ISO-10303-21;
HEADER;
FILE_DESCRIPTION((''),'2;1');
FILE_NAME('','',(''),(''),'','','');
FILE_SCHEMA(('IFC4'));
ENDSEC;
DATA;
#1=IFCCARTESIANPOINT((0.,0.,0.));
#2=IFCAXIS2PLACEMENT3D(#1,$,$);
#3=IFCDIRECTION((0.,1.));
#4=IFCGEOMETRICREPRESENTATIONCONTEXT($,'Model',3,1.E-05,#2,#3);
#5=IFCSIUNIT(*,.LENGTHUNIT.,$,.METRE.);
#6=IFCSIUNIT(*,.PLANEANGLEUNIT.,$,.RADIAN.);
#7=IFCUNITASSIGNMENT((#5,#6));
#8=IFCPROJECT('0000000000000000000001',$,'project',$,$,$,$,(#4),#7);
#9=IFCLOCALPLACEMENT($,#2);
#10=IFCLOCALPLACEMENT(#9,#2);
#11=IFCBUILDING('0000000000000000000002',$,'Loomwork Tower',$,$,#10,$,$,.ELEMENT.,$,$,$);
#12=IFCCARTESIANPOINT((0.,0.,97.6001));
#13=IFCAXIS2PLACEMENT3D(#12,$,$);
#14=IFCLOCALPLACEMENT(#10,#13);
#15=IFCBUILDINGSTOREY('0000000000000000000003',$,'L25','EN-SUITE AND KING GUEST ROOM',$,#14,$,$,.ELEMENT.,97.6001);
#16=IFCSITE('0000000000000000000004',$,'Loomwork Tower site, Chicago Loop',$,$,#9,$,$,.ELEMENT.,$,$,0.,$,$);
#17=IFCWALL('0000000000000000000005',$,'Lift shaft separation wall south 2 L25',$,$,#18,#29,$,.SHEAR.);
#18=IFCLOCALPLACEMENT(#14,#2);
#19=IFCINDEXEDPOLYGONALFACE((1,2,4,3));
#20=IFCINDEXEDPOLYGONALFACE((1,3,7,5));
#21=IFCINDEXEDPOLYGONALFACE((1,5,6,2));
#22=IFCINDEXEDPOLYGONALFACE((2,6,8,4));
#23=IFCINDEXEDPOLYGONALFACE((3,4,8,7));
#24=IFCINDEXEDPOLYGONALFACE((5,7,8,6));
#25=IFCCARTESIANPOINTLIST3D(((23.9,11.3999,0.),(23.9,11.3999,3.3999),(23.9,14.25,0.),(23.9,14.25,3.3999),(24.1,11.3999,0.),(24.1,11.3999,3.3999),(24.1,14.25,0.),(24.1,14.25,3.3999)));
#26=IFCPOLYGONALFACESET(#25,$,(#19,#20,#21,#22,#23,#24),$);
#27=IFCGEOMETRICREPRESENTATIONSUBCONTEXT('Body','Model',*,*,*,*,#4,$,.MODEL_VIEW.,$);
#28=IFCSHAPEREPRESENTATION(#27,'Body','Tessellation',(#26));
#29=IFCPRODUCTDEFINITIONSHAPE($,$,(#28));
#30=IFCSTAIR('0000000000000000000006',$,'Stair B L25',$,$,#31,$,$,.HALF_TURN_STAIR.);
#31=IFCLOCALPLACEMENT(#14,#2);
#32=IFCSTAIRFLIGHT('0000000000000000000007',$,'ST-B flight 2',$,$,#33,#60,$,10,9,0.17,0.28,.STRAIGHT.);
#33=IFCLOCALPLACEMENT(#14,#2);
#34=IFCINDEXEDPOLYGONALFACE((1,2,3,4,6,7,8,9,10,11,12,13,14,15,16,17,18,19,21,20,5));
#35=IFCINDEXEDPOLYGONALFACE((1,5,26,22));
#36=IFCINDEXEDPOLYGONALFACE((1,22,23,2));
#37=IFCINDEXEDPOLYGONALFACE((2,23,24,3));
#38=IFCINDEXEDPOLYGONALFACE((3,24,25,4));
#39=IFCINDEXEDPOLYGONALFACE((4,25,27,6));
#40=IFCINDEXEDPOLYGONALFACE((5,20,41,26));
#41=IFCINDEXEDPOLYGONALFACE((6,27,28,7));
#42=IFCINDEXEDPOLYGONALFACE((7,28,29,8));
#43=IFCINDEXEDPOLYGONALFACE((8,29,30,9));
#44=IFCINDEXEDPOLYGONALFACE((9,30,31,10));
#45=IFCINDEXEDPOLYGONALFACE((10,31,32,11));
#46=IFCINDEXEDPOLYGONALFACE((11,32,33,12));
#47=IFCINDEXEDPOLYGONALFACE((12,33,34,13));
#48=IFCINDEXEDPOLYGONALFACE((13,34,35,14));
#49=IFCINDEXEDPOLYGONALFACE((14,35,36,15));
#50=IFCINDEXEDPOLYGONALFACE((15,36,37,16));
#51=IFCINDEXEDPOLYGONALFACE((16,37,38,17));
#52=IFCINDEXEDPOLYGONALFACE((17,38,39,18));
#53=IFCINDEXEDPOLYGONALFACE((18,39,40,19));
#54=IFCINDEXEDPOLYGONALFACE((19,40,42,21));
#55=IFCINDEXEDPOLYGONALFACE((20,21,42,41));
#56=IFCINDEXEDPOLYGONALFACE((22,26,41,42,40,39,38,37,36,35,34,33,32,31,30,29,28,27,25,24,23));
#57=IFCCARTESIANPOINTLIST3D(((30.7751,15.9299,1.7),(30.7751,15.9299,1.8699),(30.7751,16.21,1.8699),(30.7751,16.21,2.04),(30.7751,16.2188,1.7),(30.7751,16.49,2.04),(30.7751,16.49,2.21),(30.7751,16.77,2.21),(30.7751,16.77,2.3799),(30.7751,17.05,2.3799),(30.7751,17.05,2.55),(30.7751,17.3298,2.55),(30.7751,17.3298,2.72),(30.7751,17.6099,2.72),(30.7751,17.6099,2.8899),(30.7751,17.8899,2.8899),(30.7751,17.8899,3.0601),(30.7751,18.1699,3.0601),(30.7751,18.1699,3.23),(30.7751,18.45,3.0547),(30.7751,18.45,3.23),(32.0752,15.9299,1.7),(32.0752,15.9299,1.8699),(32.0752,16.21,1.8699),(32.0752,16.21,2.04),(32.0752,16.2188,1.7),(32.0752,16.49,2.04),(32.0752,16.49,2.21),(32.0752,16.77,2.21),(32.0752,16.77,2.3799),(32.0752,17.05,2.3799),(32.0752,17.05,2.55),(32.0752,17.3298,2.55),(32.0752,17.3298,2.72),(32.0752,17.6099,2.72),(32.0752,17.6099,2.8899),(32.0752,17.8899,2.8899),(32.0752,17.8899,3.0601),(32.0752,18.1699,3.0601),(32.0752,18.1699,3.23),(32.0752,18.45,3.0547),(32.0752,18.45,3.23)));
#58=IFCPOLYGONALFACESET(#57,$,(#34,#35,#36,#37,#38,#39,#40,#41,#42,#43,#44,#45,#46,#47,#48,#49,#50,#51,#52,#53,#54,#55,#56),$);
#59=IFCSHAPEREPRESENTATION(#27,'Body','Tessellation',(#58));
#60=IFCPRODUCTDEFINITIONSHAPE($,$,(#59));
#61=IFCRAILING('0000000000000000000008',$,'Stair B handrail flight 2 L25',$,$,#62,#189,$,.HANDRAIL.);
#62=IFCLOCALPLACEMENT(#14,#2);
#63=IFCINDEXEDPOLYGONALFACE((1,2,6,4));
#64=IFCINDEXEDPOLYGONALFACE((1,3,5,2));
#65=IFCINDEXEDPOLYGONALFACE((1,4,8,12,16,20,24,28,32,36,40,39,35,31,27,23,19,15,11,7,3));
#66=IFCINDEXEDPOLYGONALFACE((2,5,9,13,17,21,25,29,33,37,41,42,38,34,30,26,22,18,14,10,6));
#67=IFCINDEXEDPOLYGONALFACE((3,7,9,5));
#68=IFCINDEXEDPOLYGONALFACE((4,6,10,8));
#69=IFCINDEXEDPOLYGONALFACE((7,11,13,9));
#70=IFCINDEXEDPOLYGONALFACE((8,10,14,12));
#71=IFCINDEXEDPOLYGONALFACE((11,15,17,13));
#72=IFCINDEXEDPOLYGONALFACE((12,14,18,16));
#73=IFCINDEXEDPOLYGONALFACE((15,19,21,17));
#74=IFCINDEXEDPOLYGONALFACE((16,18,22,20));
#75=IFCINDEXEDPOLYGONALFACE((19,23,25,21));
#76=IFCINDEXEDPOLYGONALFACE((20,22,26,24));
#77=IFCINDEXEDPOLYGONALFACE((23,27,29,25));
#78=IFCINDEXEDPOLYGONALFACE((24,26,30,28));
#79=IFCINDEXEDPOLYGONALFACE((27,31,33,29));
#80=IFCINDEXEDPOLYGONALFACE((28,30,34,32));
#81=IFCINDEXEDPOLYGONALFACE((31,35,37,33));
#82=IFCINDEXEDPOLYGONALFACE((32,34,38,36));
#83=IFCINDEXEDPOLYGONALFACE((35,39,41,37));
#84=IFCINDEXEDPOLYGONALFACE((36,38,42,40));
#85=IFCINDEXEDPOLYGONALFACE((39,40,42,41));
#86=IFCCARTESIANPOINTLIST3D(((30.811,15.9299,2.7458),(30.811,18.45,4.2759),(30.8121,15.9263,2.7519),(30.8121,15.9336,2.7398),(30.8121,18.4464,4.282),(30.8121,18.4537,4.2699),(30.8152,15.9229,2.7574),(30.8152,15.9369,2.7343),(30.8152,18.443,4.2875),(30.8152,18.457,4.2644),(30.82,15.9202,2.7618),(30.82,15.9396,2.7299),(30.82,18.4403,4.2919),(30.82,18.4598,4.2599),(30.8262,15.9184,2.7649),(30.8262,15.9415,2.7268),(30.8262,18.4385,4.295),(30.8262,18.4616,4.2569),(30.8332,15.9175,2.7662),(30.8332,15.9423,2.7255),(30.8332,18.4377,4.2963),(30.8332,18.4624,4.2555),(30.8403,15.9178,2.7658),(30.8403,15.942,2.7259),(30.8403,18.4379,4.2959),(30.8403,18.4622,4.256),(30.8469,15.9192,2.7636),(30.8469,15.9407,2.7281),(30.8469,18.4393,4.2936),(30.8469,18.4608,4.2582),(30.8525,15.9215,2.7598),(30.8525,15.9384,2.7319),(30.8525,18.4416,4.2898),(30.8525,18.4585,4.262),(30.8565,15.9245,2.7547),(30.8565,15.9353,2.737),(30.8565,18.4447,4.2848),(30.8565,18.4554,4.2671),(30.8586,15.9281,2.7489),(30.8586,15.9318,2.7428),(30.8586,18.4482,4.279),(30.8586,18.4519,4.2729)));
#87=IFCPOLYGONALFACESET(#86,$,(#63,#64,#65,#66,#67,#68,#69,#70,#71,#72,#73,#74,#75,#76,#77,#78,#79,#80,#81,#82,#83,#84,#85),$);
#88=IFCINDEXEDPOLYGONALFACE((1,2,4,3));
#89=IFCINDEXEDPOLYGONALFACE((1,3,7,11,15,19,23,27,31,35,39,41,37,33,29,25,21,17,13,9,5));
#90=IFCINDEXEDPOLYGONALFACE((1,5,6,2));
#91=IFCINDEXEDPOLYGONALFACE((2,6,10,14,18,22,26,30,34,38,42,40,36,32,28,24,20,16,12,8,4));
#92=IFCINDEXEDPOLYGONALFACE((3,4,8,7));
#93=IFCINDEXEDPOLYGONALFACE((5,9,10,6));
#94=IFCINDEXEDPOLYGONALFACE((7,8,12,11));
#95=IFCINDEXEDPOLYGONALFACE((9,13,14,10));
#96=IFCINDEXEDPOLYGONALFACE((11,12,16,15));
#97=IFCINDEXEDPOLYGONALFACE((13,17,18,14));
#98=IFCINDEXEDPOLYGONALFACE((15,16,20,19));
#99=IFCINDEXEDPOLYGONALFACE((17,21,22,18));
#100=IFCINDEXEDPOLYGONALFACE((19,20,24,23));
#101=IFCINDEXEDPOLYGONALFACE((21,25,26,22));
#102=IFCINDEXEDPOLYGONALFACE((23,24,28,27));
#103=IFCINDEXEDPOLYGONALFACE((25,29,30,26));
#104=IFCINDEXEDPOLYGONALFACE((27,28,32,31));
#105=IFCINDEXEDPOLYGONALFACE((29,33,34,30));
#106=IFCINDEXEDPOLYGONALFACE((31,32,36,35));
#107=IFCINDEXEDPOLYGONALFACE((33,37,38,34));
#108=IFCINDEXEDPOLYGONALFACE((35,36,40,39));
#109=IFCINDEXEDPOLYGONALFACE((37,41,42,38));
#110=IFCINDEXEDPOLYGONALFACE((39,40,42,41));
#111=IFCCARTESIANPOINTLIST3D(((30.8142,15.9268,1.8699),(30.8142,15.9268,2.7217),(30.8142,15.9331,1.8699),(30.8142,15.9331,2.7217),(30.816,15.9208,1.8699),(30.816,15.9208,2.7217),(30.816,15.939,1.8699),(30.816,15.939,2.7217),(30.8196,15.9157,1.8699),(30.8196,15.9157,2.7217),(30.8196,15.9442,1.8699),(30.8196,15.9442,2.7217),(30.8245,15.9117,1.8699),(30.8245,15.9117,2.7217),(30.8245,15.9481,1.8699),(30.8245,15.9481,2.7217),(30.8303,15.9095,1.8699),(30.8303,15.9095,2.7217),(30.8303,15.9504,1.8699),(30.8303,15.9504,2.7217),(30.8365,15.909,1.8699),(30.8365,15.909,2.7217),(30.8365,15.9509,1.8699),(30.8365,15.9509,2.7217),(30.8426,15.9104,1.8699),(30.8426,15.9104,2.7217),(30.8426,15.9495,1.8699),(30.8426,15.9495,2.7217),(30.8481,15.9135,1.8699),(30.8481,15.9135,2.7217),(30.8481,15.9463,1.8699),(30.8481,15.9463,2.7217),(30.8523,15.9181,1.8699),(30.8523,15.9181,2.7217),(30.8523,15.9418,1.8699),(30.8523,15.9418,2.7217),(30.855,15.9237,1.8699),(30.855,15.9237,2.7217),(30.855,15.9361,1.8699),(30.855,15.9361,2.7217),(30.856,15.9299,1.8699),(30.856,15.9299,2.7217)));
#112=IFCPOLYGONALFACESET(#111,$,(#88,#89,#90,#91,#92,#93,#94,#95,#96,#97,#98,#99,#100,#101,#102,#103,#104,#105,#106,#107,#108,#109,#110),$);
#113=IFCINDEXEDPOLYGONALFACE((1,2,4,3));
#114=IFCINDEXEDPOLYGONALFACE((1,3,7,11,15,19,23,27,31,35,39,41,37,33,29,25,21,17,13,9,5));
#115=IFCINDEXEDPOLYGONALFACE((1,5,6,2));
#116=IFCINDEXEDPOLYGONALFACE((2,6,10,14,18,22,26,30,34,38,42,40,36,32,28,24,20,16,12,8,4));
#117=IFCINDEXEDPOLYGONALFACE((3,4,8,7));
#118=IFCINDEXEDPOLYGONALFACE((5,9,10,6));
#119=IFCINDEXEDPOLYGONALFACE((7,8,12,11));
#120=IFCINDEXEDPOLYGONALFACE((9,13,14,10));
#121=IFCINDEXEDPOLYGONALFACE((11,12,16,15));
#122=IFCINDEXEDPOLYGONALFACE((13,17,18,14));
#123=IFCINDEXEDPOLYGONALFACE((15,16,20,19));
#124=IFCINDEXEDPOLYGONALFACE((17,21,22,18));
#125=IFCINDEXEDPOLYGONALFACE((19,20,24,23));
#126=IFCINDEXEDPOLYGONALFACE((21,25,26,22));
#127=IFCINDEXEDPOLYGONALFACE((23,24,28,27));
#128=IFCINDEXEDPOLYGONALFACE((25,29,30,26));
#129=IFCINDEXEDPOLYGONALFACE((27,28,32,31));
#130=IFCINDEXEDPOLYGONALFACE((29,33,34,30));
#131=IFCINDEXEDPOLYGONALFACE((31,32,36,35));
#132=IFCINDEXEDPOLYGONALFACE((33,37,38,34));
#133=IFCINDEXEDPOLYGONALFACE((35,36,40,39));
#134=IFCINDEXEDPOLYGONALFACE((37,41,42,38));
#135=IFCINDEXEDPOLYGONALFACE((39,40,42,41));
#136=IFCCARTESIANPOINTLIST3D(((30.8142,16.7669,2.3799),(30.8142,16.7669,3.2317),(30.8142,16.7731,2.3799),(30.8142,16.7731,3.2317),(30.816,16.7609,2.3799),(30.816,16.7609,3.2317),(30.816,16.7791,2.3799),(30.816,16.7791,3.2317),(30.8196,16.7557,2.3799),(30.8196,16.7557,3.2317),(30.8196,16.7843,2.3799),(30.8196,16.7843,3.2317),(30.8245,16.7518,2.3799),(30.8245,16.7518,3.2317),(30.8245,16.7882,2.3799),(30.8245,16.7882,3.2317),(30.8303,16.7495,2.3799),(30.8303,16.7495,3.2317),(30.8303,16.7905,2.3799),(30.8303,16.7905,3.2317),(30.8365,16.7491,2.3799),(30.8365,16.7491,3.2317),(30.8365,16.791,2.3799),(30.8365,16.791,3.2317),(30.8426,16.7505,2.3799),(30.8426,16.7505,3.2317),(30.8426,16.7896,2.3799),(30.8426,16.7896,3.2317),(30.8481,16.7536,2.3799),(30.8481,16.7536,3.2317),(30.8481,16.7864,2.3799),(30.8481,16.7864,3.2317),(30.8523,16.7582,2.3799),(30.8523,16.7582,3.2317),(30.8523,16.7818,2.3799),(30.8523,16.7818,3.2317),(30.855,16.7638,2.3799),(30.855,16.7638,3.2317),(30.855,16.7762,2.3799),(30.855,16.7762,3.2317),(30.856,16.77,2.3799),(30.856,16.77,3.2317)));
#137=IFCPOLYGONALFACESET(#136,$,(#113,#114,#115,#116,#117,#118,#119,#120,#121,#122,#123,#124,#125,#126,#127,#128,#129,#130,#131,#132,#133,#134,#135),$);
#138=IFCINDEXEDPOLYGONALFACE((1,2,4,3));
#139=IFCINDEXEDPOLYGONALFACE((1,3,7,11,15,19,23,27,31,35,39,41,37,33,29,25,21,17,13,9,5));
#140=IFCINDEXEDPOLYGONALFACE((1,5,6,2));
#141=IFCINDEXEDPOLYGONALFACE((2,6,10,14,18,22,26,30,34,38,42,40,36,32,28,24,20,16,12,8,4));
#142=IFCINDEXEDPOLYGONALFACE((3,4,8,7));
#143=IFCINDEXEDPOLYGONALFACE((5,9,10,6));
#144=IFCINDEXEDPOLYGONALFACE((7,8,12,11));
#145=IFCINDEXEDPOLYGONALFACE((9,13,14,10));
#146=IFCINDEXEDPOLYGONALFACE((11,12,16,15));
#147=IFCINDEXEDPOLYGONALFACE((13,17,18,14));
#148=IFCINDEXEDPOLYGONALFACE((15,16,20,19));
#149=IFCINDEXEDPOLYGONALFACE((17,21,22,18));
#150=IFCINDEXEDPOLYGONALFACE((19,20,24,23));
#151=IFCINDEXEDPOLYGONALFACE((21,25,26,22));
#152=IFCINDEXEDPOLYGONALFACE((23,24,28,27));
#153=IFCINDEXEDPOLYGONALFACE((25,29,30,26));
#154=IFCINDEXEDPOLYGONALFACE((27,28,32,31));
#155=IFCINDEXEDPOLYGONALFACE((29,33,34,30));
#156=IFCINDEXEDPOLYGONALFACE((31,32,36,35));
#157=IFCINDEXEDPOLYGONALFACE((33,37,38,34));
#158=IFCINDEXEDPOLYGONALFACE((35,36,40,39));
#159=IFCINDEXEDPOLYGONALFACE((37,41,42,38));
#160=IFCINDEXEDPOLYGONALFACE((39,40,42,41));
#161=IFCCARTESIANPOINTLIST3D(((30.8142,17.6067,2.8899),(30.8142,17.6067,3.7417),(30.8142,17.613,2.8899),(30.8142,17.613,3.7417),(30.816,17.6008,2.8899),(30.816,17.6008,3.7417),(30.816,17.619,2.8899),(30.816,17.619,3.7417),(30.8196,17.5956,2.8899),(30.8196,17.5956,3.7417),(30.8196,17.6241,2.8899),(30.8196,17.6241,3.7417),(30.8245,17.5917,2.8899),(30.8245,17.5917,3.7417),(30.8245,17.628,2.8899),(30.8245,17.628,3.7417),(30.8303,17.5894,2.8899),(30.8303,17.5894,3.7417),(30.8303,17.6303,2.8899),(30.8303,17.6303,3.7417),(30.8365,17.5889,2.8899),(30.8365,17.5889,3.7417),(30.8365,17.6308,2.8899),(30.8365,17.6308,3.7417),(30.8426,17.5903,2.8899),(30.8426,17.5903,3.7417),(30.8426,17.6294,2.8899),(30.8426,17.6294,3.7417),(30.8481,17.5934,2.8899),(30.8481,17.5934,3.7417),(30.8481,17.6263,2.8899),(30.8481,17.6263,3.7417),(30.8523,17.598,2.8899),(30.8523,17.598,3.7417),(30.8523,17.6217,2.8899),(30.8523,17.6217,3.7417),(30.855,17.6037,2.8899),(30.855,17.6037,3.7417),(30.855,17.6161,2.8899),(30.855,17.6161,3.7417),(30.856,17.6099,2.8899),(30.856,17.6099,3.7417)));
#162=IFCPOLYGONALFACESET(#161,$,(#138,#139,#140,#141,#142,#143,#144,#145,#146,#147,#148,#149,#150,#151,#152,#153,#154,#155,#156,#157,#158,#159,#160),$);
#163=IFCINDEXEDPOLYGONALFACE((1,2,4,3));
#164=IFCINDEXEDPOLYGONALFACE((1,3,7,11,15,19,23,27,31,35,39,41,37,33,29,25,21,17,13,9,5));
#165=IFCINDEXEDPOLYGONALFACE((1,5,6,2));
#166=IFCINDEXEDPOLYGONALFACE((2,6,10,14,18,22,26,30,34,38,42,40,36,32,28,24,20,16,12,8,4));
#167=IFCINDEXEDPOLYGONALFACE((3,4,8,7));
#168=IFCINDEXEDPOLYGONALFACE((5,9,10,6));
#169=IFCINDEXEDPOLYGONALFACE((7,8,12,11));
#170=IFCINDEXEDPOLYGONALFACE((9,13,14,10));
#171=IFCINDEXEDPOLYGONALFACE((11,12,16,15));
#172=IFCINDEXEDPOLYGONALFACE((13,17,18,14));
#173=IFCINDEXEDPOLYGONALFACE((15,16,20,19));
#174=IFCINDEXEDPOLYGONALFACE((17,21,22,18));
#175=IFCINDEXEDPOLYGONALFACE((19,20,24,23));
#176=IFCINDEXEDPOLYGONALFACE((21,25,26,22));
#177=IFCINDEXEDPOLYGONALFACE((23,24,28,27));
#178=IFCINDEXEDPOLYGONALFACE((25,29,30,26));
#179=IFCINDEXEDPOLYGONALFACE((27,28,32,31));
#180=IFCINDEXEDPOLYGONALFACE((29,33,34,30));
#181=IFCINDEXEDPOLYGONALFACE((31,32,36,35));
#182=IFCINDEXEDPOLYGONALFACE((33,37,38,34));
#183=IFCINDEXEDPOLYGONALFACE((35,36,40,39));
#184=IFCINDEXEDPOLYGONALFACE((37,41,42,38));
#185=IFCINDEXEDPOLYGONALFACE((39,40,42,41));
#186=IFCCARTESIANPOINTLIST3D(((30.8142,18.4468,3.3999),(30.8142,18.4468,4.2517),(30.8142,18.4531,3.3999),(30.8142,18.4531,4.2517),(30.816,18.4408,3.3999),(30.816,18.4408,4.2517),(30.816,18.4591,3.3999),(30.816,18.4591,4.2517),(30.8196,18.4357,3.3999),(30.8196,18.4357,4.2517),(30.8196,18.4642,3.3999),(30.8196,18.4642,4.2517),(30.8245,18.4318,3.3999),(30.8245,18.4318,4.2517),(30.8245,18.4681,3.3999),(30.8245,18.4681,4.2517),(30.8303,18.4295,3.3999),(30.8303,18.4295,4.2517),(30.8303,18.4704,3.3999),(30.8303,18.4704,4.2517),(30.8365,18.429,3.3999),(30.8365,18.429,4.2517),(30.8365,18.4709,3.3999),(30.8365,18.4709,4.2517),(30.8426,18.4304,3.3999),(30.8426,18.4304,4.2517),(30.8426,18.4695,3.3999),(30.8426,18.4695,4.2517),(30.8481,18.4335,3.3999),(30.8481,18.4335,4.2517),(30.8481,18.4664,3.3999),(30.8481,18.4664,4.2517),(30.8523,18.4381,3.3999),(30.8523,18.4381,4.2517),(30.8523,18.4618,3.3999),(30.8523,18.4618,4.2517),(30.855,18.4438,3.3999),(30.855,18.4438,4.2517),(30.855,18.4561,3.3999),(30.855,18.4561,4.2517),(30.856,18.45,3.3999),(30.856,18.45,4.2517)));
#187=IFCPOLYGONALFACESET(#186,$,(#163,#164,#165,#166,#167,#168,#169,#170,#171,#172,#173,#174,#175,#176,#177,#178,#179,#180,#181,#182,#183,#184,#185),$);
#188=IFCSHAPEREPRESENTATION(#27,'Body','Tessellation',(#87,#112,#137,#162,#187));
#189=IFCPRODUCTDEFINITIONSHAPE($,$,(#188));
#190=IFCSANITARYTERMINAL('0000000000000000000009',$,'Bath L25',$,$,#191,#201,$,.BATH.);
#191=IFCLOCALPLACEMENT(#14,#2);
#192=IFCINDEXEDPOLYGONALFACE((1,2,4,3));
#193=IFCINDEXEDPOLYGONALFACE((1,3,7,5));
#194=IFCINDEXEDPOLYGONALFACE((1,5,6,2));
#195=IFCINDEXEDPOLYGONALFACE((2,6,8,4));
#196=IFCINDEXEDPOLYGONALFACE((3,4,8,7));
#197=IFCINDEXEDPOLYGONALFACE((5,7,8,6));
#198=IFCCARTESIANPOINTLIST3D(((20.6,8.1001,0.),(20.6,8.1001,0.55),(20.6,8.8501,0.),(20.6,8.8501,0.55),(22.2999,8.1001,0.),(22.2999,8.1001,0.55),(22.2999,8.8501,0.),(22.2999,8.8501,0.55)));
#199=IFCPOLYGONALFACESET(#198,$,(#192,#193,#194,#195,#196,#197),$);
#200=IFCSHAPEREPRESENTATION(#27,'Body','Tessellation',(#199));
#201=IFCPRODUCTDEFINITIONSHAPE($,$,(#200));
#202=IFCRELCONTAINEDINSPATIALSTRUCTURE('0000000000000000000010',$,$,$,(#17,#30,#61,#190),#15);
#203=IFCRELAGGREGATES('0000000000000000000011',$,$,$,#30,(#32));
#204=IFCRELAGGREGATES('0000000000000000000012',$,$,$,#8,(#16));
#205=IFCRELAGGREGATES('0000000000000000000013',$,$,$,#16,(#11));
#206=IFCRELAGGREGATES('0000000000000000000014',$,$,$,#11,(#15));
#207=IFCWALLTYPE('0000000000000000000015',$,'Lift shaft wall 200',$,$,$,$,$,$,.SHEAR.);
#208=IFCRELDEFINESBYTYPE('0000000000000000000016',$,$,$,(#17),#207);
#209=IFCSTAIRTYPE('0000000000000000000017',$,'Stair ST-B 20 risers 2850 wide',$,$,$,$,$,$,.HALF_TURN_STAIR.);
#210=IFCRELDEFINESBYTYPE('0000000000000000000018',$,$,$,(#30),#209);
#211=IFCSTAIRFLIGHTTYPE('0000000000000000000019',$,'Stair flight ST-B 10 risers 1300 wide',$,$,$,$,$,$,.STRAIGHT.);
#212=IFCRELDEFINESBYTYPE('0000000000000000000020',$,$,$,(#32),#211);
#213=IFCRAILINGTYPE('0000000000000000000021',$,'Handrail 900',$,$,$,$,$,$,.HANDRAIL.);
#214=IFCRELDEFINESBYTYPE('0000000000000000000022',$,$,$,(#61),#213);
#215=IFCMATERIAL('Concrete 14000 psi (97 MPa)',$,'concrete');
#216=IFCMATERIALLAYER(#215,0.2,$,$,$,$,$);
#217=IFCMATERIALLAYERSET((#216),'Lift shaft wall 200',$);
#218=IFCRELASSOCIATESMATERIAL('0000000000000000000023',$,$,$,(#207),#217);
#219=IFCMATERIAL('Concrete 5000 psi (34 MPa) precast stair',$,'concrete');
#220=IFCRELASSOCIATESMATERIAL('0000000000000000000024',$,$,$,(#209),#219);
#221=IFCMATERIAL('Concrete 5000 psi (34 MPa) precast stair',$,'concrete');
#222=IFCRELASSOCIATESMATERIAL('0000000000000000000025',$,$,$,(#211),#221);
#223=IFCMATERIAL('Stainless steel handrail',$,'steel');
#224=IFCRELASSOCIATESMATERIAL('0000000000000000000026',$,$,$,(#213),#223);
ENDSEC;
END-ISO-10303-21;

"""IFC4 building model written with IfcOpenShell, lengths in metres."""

from ifc_helpers import new_model, si_unit, direction, frame, frame_2d, origin, origin_2d, place, context, subcontext, project, spatial, polyline, rectangle, circle, outline, extrude, material, layer, layer_set, type_object, element, aggregate, save


model = new_model("IFC4")

# Units and contexts
model_context = context("Model", 3, precision=1e-05, world=origin(), true_north=direction((0.0, 1.0)))
body_context = subcontext(model_context, "Body", "Model", "MODEL_VIEW")
ifc_project = project(units=[si_unit("LENGTHUNIT", "METRE"), si_unit("PLANEANGLEUNIT", "RADIAN")], contexts=[model_context])

# Site, building, storey
site_placement = place(None, origin())
site = spatial("IfcSite", under=ifc_project, at=site_placement, Name="Loomwork Tower site, Chicago Loop", CompositionType="ELEMENT", RefElevation=0.0)
building_placement = place(site_placement, origin())
building = spatial("IfcBuilding", under=site, at=building_placement, Name="Loomwork Tower", CompositionType="ELEMENT")
storey_placement = place(building_placement, frame((0.0, 0.0, 97.6001)))
storey = spatial("IfcBuildingStorey", under=building, at=storey_placement, Name="L25", Description="EN-SUITE AND KING GUEST ROOM", CompositionType="ELEMENT", Elevation=97.6001)

# Wall
ifc_material_1 = material(Name="Concrete 14000 psi (97 MPa)", Category="concrete")
ifc_layer_1 = layer(ifc_material_1, 0.2)
ifc_layer_set_1 = layer_set([ifc_layer_1], Name="Lift shaft wall 200")
wall_type_1 = type_object("IfcWallType", Name="Lift shaft wall 200", PredefinedType="SHEAR", material=ifc_layer_set_1)
for number, where, z_axis, x_axis, name in (
    (1, (24.0, 11.3999, 0.0), (0.0, 0.0, 1.0), (0.0, 1.0, 0.0), "Lift shaft separation wall south 2 L25"),
):
    element("IfcWall", number, at=place(storey_placement, frame(where, z_axis=z_axis, x_axis=x_axis)), inside=storey, type_object=wall_type_1, Name=name, PredefinedType="SHEAR", context=body_context, shape_type="SweptSolid", body=[
        extrude(rectangle(XDim=2.8501, YDim=0.2, at=frame_2d((1.425, 0.0))), origin(), (0.0, 0.0, 1.0), 3.3999),
    ])

# Stair, stair flight
ifc_material_2 = material(Name="Concrete 5000 psi (34 MPa) precast stair", Category="concrete")
stair_type = type_object("IfcStairType", Name="Stair ST-B 20 risers 2850 wide", PredefinedType="HALF_TURN_STAIR", material=ifc_material_2)
stair_placement = place(storey_placement, origin())
stair = element("IfcStair", 2, at=stair_placement, inside=storey, type_object=stair_type, Name="Stair B L25", PredefinedType="HALF_TURN_STAIR")
ifc_material_3 = material(Name="Concrete 5000 psi (34 MPa) precast stair", Category="concrete")
stair_flight_type = type_object("IfcStairFlightType", Name="Stair flight ST-B 10 risers 1300 wide", PredefinedType="STRAIGHT", material=ifc_material_3)
stair_flight_placement = place(storey_placement, frame((31.425, 15.9299, 1.7), z_axis=(0.0, 0.0, 1.0), x_axis=(0.0, 1.0, 0.0)))
stair_flight = element("IfcStairFlight", 3, at=stair_flight_placement, type_object=stair_flight_type, Name="ST-B flight 2", NumberOfRisers=10, NumberOfTreads=9, PredefinedType="STRAIGHT", RiserHeight=0.17, TreadLength=0.28, context=body_context, shape_type="SweptSolid", body=[
    extrude(outline(polyline([(0.0, 0.0), (0.0, 0.1699), (0.28, 0.1699), (0.28, 0.3401), (0.5601, 0.3401), (0.5601, 0.51), (0.8401, 0.51), (0.8401, 0.6799), (1.1201, 0.6799), (1.1201, 0.8501), (1.3999, 0.8501), (1.3999, 1.02), (1.6799, 1.02), (1.6799, 1.1899), (1.96, 1.1899), (1.96, 1.3601), (2.24, 1.3601), (2.24, 1.53), (2.52, 1.53), (2.52, 1.7), (2.52, 1.3547), (0.2888, 0.0), (0.0, 0.0)])), frame((0.0, 0.6499, 0.0), z_axis=(0.0, -1.0, 0.0), x_axis=(1.0, 0.0, 0.0)), (0.0, 0.0, 1.0), 1.3),
])
aggregate(stair, [stair_flight])

# Railing
ifc_material_4 = material(Name="Stainless steel handrail", Category="steel")
railing_type = type_object("IfcRailingType", Name="Handrail 900", PredefinedType="HANDRAIL", material=ifc_material_4)
railing_placement = place(storey_placement, frame((30.835, 15.9299, 1.8699)))
element("IfcRailing", 4, at=railing_placement, inside=storey, type_object=railing_type, Name="Stair B handrail flight 2 L25", PredefinedType="HANDRAIL", context=body_context, shape_type="SweptSolid", body=[
    extrude(circle(Radius=0.0239, at=origin_2d()), frame((0.0, 0.0, 0.876), z_axis=(0.0, 0.854785, 0.518982), x_axis=(-1.0, 0.0, 0.0)), (0.0, 0.0, 1.0), 2.9482),
    extrude(circle(Radius=0.021, at=origin_2d()), origin(), (0.0, 0.0, 1.0), 0.8518),
    extrude(circle(Radius=0.021, at=origin_2d()), frame((0.0, 0.8401, 0.51)), (0.0, 0.0, 1.0), 0.8518),
    extrude(circle(Radius=0.021, at=origin_2d()), frame((0.0, 1.6799, 1.02)), (0.0, 0.0, 1.0), 0.8518),
    extrude(circle(Radius=0.021, at=origin_2d()), frame((0.0, 2.52, 1.53)), (0.0, 0.0, 1.0), 0.8518),
])

# Sanitary terminal
sanitary_terminal_1_placement = place(storey_placement, frame((21.45, 8.4751, 0.0), z_axis=(0.0, 0.0, 1.0), x_axis=(1.0, 0.0, 0.0)))
element("IfcSanitaryTerminal", 5, at=sanitary_terminal_1_placement, inside=storey, Name="Bath L25", PredefinedType="BATH", context=body_context, shape_type="SweptSolid", body=[
    extrude(rectangle(XDim=1.7, YDim=0.75, at=origin_2d()), origin(), (0.0, 0.0, 1.0), 0.55),
])

save(model, "model.ifc")
